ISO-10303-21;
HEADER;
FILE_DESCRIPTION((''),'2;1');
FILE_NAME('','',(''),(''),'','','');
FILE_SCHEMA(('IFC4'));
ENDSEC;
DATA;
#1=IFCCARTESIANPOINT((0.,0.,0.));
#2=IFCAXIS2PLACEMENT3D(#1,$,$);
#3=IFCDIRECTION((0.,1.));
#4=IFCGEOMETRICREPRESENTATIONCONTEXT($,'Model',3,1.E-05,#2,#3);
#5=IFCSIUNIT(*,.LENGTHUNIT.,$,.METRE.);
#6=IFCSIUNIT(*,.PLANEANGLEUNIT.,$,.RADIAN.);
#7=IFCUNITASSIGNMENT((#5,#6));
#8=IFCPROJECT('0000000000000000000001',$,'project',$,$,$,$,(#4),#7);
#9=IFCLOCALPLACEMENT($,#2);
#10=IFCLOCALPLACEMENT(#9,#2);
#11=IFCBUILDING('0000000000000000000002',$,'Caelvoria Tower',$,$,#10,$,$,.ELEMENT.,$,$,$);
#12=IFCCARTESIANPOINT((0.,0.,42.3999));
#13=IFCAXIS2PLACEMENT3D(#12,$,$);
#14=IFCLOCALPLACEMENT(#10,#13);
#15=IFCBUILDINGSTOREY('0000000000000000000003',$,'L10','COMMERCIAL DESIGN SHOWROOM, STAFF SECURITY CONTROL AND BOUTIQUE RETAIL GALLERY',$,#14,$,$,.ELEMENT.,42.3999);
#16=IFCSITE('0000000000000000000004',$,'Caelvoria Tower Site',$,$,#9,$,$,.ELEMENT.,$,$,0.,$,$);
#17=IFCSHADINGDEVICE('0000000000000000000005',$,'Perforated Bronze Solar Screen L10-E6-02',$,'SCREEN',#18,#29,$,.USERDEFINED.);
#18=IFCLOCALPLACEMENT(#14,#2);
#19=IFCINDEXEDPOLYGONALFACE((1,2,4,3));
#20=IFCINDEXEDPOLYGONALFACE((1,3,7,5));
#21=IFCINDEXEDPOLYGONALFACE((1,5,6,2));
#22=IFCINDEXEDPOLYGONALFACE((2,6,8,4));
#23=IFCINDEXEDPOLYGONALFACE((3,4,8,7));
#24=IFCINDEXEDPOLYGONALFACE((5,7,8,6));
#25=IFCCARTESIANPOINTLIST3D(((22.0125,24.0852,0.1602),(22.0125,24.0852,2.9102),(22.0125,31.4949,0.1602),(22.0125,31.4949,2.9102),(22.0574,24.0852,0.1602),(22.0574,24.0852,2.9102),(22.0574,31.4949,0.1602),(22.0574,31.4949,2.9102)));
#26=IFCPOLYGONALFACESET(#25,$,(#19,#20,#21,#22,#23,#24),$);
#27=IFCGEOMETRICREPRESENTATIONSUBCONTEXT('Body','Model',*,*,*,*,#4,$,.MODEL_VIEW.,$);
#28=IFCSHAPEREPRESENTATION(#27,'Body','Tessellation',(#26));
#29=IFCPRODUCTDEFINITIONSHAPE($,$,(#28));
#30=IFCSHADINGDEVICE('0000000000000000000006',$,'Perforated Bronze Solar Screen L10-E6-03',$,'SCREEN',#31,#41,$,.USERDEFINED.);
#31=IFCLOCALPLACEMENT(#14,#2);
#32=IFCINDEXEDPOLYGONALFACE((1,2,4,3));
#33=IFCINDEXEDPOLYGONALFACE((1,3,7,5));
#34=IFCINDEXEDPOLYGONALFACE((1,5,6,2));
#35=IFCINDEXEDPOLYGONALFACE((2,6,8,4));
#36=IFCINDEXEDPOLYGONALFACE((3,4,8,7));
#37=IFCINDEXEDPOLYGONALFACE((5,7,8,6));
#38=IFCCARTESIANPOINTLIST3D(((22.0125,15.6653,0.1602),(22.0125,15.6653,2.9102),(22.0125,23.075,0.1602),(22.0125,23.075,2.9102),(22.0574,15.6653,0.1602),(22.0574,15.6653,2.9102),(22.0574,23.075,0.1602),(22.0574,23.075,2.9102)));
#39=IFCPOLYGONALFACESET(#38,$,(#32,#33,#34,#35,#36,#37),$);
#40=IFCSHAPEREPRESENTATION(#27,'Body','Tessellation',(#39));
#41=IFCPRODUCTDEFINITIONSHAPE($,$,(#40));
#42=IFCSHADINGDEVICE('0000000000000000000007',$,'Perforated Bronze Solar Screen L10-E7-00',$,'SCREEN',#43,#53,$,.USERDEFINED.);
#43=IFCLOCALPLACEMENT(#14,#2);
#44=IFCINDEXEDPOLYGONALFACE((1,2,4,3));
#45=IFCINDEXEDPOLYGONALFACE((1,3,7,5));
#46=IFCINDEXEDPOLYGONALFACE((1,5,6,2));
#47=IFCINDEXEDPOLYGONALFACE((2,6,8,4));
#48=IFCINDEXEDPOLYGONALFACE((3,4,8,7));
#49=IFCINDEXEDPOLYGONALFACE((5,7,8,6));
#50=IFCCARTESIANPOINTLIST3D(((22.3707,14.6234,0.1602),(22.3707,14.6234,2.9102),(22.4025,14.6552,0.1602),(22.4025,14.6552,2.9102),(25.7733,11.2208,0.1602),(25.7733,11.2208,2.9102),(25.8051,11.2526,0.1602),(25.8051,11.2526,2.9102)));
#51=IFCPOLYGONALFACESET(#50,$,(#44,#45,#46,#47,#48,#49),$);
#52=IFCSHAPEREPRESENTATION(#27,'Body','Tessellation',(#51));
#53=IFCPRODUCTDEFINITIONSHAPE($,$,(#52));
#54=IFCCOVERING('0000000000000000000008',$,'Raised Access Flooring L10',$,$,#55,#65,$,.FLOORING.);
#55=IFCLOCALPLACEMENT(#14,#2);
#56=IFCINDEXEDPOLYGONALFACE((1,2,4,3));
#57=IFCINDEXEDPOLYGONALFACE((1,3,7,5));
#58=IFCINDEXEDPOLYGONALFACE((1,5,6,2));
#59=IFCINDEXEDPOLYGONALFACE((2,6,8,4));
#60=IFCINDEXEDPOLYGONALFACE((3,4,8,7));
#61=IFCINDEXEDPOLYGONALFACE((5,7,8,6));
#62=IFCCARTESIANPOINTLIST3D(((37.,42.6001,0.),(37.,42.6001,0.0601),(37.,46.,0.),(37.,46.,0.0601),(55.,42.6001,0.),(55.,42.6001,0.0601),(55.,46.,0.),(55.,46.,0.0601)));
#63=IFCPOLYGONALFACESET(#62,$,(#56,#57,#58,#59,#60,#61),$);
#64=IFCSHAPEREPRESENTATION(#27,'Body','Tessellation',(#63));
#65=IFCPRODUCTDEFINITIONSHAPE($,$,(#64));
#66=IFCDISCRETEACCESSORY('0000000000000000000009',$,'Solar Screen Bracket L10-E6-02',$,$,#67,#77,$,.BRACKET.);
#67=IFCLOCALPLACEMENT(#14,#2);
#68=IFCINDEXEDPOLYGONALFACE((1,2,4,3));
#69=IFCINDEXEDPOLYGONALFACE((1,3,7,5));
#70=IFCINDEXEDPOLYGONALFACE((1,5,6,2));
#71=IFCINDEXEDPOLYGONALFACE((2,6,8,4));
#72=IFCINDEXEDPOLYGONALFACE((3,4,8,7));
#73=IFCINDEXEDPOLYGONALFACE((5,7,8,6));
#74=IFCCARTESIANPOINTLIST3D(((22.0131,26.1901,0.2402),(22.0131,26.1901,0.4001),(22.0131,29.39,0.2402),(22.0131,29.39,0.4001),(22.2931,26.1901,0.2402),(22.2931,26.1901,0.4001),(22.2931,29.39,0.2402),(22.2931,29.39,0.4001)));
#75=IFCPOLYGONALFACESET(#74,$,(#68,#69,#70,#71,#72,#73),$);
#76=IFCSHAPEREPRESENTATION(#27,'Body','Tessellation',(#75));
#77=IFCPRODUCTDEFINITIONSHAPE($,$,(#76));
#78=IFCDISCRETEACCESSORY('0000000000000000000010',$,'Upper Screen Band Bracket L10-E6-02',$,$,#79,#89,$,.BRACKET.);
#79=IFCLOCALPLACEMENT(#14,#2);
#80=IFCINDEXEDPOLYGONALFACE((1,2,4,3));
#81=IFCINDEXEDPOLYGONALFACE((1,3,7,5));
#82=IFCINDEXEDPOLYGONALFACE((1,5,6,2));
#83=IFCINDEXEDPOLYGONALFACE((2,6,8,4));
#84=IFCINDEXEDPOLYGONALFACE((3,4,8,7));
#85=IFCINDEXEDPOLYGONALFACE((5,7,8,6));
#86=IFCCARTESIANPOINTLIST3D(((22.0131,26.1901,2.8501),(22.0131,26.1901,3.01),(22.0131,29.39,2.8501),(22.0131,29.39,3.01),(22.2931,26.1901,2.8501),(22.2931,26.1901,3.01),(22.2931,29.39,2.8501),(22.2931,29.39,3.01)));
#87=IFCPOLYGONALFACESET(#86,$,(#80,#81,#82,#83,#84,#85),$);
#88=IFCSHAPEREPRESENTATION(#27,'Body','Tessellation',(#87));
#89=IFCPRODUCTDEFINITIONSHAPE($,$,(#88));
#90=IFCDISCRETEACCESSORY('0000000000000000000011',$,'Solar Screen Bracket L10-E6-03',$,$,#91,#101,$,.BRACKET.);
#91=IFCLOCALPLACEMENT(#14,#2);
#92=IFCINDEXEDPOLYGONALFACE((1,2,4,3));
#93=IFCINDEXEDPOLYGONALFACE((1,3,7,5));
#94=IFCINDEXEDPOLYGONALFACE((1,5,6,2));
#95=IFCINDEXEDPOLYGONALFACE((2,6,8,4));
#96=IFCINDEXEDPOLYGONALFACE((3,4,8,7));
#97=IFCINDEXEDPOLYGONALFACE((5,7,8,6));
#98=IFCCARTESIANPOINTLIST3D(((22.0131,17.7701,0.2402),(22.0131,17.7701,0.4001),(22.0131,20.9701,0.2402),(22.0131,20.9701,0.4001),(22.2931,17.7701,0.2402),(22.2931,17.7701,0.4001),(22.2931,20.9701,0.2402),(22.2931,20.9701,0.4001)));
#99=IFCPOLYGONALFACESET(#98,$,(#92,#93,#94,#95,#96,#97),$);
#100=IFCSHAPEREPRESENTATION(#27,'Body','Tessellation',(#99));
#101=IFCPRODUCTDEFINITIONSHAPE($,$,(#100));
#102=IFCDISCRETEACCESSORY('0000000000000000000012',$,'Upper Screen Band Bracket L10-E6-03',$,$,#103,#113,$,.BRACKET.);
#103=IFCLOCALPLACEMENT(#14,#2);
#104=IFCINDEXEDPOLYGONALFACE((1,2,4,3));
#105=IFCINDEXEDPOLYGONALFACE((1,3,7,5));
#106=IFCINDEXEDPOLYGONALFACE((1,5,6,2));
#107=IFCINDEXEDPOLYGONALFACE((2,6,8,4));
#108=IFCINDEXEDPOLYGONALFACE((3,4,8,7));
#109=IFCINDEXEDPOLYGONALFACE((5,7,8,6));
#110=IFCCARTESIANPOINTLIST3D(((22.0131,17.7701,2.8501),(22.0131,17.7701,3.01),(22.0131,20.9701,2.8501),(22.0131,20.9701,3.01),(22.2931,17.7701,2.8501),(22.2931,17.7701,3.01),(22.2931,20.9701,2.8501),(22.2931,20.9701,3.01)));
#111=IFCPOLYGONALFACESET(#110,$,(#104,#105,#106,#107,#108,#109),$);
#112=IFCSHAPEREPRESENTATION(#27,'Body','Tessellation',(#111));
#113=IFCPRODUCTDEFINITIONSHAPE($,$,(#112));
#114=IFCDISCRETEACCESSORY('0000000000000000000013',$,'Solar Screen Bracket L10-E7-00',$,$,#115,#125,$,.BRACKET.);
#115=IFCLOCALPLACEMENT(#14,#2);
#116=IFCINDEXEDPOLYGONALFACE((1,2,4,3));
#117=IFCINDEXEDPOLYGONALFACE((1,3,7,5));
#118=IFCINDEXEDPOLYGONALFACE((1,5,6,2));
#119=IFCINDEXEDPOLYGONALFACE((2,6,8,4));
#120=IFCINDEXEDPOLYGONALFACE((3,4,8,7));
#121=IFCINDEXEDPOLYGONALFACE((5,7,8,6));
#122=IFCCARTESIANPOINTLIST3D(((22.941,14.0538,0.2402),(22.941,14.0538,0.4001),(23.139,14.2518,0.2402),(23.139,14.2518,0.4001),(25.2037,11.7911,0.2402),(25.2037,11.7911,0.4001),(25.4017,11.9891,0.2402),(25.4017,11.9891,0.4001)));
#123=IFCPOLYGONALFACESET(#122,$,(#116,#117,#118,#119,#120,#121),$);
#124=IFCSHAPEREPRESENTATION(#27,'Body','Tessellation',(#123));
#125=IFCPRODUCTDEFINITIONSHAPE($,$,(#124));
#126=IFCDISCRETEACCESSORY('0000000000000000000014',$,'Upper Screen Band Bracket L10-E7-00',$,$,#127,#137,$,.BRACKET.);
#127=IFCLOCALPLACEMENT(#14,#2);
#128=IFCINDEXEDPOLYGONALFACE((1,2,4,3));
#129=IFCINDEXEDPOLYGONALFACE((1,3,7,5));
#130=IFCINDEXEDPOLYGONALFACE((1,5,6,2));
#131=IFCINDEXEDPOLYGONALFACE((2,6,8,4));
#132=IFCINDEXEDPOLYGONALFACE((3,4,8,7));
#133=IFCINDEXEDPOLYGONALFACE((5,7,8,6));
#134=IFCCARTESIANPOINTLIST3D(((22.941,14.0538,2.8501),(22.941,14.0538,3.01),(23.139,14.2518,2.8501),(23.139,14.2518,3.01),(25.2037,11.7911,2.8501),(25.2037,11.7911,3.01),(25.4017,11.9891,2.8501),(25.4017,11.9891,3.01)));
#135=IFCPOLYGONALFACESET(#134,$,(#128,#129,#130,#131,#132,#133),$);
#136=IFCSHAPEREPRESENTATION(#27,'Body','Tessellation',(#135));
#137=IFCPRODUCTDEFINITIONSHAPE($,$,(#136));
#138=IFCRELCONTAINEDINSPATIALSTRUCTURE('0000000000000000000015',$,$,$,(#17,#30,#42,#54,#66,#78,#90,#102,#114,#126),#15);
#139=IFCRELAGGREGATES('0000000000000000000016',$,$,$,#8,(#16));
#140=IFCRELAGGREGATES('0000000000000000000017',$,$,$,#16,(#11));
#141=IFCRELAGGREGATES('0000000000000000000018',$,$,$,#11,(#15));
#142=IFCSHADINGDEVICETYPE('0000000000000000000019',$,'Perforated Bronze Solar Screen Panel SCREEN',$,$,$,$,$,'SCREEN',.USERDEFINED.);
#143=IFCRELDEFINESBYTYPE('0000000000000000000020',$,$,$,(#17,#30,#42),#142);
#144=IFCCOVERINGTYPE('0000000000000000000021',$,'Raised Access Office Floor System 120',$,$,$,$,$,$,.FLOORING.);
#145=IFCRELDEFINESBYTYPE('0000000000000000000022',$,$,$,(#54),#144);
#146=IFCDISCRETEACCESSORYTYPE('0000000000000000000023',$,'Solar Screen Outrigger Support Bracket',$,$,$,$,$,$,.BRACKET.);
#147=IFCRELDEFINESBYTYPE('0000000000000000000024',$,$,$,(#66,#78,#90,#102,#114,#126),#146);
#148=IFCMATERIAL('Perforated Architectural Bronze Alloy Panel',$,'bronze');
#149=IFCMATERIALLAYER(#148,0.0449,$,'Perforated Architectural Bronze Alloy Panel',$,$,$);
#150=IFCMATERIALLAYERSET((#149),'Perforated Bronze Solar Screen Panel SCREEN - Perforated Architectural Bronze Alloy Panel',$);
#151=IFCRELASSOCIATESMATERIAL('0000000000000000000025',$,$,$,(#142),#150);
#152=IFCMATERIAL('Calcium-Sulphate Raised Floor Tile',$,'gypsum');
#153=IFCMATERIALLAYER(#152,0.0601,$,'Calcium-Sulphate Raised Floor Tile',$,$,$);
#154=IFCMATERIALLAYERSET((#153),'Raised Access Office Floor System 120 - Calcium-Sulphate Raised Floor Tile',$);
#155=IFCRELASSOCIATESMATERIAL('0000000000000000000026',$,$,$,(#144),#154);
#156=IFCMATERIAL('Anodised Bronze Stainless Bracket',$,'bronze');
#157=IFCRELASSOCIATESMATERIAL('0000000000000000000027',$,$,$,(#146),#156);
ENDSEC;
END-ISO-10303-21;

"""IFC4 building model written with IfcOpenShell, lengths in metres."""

from ifc_helpers import new_model, si_unit, direction, frame, origin, origin_2d, place, context, subcontext, project, spatial, polyline, rectangle, outline, extrude, material, layer, layer_set, type_object, element, save


model = new_model("IFC4")

# Units and contexts
model_context = context("Model", 3, precision=1e-05, world=origin(), true_north=direction((0.0, 1.0)))
body_context = subcontext(model_context, "Body", "Model", "MODEL_VIEW")
ifc_project = project(units=[si_unit("LENGTHUNIT", "METRE"), si_unit("PLANEANGLEUNIT", "RADIAN")], contexts=[model_context])

# Site, building, storey
site_placement = place(None, origin())
site = spatial("IfcSite", under=ifc_project, at=site_placement, Name="Caelvoria Tower Site", CompositionType="ELEMENT", RefElevation=0.0)
building_placement = place(site_placement, origin())
building = spatial("IfcBuilding", under=site, at=building_placement, Name="Caelvoria Tower", CompositionType="ELEMENT")
storey_placement = place(building_placement, frame((0.0, 0.0, 42.3999)))
storey = spatial("IfcBuildingStorey", under=building, at=storey_placement, Name="L10", Description="COMMERCIAL DESIGN SHOWROOM, STAFF SECURITY CONTROL AND BOUTIQUE RETAIL GALLERY", CompositionType="ELEMENT", Elevation=42.3999)

# Shading devices
ifc_material_1 = material(Name="Perforated Architectural Bronze Alloy Panel", Category="bronze")
ifc_layer_1 = layer(ifc_material_1, 0.0449, Name="Perforated Architectural Bronze Alloy Panel")
ifc_layer_set_1 = layer_set([ifc_layer_1], Name="Perforated Bronze Solar Screen Panel SCREEN - Perforated Architectural Bronze Alloy Panel")
shading_device_type = type_object("IfcShadingDeviceType", Name="Perforated Bronze Solar Screen Panel SCREEN", ElementType="SCREEN", PredefinedType="USERDEFINED", material=ifc_layer_set_1)
for number, where, z_axis, x_axis, name in (
    (1, (22.0349, 27.79, 0.1602), (0.0, 0.0, 1.0), (0.0, -1.0, 0.0), "Perforated Bronze Solar Screen L10-E6-02"),
    (2, (22.0349, 19.3701, 0.1602), (0.0, 0.0, 1.0), (0.0, -1.0, 0.0), "Perforated Bronze Solar Screen L10-E6-03"),
):
    element("IfcShadingDevice", number, at=place(storey_placement, frame(where, z_axis=z_axis, x_axis=x_axis)), inside=storey, type_object=shading_device_type, Name=name, ObjectType="SCREEN", PredefinedType="USERDEFINED", context=body_context, shape_type="SweptSolid", body=[
        extrude(rectangle(XDim=7.4097, YDim=0.0449, at=origin_2d()), origin(), (0.0, 0.0, 1.0), 2.75),
    ])
shading_device_placement = place(storey_placement, frame((24.0879, 12.938, 0.1602), z_axis=(0.0, 0.0, 1.0), x_axis=(0.707107, -0.707107, 0.0)))
element("IfcShadingDevice", 3, at=shading_device_placement, inside=storey, type_object=shading_device_type, Name="Perforated Bronze Solar Screen L10-E7-00", ObjectType="SCREEN", PredefinedType="USERDEFINED", context=body_context, shape_type="SweptSolid", body=[
    extrude(rectangle(XDim=4.812, YDim=0.0449, at=origin_2d()), origin(), (0.0, 0.0, 1.0), 2.75),
])

# Covering
ifc_material_2 = material(Name="Calcium-Sulphate Raised Floor Tile", Category="gypsum")
ifc_layer_2 = layer(ifc_material_2, 0.0601, Name="Calcium-Sulphate Raised Floor Tile")
ifc_layer_set_2 = layer_set([ifc_layer_2], Name="Raised Access Office Floor System 120 - Calcium-Sulphate Raised Floor Tile")
covering_type_1 = type_object("IfcCoveringType", Name="Raised Access Office Floor System 120", PredefinedType="FLOORING", material=ifc_layer_set_2)
covering_1_placement = place(storey_placement, origin())
element("IfcCovering", 4, at=covering_1_placement, inside=storey, type_object=covering_type_1, Name="Raised Access Flooring L10", PredefinedType="FLOORING", context=body_context, shape_type="SweptSolid", body=[
    extrude(outline(polyline([(37.0, 42.6001), (55.0, 42.6001), (55.0, 46.0), (37.0, 46.0), (37.0, 42.6001)])), origin(), (0.0, 0.0, 1.0), 0.0601),
])

# Discrete accessories
ifc_material_3 = material(Name="Anodised Bronze Stainless Bracket", Category="bronze")
discrete_accessory_type = type_object("IfcDiscreteAccessoryType", Name="Solar Screen Outrigger Support Bracket", PredefinedType="BRACKET", material=ifc_material_3)
for number, where, z_axis, x_axis, name in (
    (5, (22.1531, 27.79, 0.2402), (0.0, 0.0, 1.0), (0.0, -1.0, 0.0), "Solar Screen Bracket L10-E6-02"),
    (6, (22.1531, 27.79, 2.8501), (0.0, 0.0, 1.0), (0.0, -1.0, 0.0), "Upper Screen Band Bracket L10-E6-02"),
    (7, (22.1531, 19.3701, 0.2402), (0.0, 0.0, 1.0), (0.0, -1.0, 0.0), "Solar Screen Bracket L10-E6-03"),
    (8, (22.1531, 19.3701, 2.8501), (0.0, 0.0, 1.0), (0.0, -1.0, 0.0), "Upper Screen Band Bracket L10-E6-03"),
    (9, (24.1714, 13.0215, 0.2402), (0.0, 0.0, 1.0), (0.707107, -0.707107, 0.0), "Solar Screen Bracket L10-E7-00"),
    (10, (24.1714, 13.0215, 2.8501), (0.0, 0.0, 1.0), (0.707107, -0.707107, 0.0), "Upper Screen Band Bracket L10-E7-00"),
):
    element("IfcDiscreteAccessory", number, at=place(storey_placement, frame(where, z_axis=z_axis, x_axis=x_axis)), inside=storey, type_object=discrete_accessory_type, Name=name, PredefinedType="BRACKET", context=body_context, shape_type="SweptSolid", body=[
        extrude(rectangle(XDim=3.2, YDim=0.28, at=origin_2d()), origin(), (0.0, 0.0, 1.0), 0.1599),
    ])

save(model, "model.ifc")
